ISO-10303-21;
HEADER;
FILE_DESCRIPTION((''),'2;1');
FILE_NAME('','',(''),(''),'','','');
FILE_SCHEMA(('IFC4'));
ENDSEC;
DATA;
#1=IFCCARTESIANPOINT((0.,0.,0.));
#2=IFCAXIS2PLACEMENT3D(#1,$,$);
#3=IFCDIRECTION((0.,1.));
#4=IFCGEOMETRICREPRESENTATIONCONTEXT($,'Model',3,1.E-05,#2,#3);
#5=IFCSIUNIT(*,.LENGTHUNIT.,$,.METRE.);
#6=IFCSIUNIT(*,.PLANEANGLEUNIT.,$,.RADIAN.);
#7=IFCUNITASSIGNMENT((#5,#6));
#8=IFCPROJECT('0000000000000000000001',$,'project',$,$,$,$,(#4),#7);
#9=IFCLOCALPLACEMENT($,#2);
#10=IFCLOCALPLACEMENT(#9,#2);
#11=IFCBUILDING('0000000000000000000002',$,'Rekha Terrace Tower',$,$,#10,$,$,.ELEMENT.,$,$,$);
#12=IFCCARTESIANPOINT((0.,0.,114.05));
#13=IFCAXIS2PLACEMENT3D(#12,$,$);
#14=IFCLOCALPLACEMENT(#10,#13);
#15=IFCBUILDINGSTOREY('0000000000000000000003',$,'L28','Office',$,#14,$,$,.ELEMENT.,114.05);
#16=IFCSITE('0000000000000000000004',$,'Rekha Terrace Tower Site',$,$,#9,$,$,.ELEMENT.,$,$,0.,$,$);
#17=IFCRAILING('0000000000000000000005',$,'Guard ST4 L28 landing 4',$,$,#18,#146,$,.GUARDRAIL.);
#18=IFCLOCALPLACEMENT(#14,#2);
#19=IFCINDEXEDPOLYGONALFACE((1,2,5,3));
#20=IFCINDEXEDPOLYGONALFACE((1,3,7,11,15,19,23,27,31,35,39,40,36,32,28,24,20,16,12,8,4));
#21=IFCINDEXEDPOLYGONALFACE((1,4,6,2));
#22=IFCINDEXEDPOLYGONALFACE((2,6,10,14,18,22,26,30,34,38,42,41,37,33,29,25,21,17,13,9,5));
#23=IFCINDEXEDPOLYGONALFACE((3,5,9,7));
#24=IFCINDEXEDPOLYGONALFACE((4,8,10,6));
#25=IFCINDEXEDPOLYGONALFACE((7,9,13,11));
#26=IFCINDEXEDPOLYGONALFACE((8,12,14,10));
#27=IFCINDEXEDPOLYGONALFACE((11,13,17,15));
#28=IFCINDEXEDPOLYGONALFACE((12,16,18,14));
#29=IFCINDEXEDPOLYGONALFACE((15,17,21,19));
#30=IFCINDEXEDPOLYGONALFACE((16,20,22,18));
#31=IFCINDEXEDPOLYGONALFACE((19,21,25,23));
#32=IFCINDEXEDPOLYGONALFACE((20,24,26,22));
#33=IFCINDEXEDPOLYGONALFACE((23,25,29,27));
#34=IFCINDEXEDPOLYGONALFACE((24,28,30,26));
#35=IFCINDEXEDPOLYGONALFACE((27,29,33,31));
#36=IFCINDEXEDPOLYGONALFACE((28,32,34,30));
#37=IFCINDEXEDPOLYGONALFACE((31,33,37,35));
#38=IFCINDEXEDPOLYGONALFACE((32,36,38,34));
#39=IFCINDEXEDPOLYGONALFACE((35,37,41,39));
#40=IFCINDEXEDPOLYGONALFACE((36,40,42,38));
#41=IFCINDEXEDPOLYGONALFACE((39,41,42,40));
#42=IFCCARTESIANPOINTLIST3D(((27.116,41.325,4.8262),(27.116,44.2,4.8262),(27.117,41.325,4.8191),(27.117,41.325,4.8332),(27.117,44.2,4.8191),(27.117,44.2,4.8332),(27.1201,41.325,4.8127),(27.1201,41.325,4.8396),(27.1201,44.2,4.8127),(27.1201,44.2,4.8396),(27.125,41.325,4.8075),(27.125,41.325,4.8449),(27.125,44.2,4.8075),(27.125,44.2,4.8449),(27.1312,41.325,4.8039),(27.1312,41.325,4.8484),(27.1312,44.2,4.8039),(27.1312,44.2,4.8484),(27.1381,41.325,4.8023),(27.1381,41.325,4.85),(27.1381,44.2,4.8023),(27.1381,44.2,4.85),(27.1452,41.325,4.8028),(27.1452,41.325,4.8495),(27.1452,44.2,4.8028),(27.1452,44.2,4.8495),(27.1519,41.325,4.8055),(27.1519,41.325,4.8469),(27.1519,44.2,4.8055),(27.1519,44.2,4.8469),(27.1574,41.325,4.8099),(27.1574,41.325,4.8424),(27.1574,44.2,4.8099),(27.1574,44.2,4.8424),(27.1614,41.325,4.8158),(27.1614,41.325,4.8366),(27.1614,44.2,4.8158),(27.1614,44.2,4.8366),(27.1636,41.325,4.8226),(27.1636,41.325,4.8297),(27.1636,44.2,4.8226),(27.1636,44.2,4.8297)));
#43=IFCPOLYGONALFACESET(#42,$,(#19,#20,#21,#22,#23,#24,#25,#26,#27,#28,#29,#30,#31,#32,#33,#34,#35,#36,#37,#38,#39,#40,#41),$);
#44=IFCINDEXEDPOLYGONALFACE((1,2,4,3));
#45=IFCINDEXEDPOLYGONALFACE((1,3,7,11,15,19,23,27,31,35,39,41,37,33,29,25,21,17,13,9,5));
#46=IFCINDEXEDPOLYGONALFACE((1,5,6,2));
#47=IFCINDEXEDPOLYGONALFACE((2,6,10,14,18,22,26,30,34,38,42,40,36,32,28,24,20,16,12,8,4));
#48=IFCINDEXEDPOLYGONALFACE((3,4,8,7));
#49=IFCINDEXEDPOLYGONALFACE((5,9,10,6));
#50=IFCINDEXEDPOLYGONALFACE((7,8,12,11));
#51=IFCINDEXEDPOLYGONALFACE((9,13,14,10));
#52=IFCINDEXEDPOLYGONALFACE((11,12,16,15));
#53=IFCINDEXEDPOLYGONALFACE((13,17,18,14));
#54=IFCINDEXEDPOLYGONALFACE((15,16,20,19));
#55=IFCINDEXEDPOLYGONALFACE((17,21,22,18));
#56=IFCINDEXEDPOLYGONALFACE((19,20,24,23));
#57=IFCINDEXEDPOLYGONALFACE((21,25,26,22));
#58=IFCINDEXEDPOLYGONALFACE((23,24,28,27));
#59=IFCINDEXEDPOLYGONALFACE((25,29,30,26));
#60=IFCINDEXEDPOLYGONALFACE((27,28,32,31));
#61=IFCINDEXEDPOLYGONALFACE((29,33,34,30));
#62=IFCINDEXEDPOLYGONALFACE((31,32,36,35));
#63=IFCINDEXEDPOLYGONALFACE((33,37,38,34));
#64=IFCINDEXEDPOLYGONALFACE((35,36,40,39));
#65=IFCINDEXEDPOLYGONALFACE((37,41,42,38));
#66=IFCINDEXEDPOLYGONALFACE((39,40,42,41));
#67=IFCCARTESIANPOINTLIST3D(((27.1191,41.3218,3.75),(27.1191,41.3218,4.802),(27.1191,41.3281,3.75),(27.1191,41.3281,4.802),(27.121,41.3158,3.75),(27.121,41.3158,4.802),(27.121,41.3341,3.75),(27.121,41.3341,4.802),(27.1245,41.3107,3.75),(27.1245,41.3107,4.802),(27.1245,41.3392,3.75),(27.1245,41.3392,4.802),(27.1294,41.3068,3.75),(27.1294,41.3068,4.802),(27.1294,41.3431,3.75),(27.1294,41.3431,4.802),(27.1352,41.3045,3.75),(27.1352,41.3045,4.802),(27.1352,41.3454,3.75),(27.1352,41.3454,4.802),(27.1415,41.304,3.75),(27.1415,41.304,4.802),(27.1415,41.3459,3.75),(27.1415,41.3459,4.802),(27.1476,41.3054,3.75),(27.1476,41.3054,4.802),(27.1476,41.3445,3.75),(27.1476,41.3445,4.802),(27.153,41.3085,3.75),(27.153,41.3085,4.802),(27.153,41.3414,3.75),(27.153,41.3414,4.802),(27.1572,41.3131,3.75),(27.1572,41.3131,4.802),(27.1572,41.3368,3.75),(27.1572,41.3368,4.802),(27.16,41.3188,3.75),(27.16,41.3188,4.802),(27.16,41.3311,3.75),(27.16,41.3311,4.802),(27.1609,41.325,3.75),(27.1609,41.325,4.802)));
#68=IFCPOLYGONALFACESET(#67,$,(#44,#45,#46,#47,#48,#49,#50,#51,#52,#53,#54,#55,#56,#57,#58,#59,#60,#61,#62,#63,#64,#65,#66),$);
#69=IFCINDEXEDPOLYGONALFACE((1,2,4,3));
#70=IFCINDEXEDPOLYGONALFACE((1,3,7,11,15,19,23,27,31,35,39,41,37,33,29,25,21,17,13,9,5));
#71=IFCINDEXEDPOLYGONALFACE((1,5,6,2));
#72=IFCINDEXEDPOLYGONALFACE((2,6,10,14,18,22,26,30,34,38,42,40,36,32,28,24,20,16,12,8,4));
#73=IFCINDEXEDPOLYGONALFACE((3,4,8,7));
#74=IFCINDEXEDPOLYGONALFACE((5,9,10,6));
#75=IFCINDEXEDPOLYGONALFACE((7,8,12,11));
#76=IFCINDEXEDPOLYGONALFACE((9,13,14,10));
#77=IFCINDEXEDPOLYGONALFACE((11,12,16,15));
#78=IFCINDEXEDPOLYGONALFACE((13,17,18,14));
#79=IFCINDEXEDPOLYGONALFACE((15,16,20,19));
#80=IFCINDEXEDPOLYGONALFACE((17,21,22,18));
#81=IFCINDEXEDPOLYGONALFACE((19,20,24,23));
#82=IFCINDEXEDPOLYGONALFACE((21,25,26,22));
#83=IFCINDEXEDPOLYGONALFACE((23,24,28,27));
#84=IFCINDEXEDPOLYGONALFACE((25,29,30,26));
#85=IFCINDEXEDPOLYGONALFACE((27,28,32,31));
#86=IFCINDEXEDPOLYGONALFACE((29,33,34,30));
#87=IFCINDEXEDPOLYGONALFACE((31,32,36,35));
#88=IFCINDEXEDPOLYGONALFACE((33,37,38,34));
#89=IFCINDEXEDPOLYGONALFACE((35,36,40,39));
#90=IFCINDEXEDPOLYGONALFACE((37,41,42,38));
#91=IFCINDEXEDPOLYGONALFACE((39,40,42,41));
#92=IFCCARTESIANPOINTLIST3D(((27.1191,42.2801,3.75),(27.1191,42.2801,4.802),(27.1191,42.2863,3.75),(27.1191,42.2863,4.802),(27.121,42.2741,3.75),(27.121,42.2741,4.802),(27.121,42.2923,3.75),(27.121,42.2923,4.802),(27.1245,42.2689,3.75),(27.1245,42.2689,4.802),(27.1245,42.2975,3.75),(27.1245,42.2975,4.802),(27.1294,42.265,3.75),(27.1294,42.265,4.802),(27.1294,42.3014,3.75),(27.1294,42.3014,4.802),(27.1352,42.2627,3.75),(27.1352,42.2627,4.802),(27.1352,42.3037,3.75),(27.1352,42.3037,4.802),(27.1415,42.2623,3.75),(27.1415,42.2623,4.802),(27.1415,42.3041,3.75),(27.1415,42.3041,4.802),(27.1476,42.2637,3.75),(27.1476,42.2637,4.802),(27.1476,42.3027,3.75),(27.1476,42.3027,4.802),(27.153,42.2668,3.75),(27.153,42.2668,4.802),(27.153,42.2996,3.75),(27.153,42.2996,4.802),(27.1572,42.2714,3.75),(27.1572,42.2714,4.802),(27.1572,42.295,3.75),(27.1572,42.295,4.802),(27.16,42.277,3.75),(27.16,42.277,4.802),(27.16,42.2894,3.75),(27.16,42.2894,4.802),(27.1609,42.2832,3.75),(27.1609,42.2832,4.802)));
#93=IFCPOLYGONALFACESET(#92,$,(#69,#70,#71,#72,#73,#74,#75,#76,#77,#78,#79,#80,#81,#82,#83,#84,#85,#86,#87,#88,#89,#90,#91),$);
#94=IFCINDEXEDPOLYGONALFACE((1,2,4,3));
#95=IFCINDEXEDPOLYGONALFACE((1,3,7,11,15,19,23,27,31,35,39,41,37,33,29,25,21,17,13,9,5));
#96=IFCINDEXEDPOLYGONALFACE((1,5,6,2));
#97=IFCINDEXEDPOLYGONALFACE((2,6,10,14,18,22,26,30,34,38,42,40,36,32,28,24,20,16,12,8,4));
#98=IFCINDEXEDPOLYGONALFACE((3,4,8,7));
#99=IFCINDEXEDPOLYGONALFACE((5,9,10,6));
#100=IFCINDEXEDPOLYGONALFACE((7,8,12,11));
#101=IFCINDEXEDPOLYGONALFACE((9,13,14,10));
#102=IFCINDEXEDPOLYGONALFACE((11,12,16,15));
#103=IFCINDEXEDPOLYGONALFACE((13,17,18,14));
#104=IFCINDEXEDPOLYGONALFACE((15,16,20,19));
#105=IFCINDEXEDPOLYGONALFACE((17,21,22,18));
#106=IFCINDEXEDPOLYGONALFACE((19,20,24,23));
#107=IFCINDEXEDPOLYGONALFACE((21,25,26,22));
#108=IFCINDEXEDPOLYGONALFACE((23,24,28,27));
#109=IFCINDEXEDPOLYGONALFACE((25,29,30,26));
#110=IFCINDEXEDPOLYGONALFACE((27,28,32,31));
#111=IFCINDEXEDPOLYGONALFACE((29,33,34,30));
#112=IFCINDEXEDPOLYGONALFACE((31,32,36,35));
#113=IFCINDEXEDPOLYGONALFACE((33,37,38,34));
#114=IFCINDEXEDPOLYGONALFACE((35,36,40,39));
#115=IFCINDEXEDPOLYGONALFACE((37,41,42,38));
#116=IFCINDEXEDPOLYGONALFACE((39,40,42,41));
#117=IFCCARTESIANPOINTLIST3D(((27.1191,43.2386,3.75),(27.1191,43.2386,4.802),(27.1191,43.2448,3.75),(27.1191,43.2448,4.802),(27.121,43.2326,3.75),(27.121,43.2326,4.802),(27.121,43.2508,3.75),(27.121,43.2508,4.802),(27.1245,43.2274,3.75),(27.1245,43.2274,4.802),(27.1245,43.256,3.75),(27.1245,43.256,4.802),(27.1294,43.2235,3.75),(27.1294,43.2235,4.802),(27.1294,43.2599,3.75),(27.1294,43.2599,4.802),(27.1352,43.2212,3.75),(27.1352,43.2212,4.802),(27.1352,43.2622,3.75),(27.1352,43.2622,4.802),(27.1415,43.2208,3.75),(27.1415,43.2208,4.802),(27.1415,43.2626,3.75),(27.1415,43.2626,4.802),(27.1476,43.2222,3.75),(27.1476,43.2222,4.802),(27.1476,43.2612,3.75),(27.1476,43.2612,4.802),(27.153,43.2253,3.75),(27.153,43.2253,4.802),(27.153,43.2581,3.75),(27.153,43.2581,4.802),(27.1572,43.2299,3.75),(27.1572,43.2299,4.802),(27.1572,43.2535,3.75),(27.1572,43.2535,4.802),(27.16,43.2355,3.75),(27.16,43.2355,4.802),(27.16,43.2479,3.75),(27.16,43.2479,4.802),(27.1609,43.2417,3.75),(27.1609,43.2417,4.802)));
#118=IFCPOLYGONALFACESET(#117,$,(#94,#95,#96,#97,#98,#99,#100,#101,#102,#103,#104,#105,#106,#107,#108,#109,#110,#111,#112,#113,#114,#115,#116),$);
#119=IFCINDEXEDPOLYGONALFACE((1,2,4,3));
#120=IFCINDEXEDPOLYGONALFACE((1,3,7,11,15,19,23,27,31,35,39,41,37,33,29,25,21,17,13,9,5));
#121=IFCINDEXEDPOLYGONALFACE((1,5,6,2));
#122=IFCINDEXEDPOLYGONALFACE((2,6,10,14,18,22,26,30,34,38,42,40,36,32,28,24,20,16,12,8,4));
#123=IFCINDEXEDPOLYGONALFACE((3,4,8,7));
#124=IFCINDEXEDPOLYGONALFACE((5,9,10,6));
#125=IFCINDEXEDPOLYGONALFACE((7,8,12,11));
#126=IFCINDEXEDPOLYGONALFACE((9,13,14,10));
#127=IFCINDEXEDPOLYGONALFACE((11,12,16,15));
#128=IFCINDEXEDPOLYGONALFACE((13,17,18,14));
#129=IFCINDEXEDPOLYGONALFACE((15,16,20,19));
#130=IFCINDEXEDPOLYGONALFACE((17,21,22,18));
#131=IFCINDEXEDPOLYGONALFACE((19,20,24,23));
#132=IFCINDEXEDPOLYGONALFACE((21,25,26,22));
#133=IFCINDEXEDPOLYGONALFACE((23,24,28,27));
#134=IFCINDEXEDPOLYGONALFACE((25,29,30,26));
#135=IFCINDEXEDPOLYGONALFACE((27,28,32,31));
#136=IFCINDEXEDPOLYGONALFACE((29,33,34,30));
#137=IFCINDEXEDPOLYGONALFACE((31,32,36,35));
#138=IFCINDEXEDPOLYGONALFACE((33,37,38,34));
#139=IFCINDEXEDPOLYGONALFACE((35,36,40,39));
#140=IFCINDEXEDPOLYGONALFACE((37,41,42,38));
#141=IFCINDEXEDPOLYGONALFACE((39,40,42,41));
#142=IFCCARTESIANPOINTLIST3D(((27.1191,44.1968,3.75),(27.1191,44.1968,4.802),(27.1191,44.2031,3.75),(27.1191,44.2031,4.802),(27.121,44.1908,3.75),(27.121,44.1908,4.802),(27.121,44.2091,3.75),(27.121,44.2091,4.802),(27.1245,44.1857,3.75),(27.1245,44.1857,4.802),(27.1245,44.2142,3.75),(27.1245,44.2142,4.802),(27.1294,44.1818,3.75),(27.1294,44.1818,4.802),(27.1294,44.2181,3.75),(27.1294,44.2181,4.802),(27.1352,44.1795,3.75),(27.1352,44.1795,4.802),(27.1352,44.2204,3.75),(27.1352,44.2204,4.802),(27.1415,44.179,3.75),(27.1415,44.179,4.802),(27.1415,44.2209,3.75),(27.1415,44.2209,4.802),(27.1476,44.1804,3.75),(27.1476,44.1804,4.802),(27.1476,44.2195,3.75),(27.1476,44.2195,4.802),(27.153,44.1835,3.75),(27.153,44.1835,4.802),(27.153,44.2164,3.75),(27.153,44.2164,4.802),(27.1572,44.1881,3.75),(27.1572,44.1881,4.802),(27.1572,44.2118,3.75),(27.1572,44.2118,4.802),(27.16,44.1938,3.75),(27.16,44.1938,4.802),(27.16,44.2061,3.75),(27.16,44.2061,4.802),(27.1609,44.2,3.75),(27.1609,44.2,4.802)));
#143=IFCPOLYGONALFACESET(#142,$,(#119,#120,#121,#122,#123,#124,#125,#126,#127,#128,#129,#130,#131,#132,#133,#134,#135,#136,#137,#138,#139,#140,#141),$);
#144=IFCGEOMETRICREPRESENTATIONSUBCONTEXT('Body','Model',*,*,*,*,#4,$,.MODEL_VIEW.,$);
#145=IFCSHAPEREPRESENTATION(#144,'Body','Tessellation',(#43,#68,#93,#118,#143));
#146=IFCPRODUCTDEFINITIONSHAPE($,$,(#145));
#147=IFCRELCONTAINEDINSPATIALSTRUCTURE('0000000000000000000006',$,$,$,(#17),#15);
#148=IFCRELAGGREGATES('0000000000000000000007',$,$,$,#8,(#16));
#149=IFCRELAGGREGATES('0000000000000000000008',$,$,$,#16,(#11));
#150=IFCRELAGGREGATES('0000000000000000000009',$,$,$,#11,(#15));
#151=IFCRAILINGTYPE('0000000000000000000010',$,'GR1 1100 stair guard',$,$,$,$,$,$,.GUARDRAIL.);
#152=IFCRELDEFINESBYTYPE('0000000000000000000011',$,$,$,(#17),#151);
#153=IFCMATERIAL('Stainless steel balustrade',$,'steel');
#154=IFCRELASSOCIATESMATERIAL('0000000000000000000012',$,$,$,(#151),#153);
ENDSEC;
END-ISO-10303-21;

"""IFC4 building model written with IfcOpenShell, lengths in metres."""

from ifc_helpers import new_model, si_unit, direction, frame, origin, origin_2d, place, context, subcontext, project, spatial, circle, extrude, material, type_object, element, save


model = new_model("IFC4")

# Units and contexts
model_context = context("Model", 3, precision=1e-05, world=origin(), true_north=direction((0.0, 1.0)))
body_context = subcontext(model_context, "Body", "Model", "MODEL_VIEW")
ifc_project = project(units=[si_unit("LENGTHUNIT", "METRE"), si_unit("PLANEANGLEUNIT", "RADIAN")], contexts=[model_context])

# Site, building, storey
site_placement = place(None, origin())
site = spatial("IfcSite", under=ifc_project, at=site_placement, Name="Rekha Terrace Tower Site", CompositionType="ELEMENT", RefElevation=0.0)
building_placement = place(site_placement, origin())
building = spatial("IfcBuilding", under=site, at=building_placement, Name="Rekha Terrace Tower", CompositionType="ELEMENT")
storey_placement = place(building_placement, frame((0.0, 0.0, 114.05)))
storey = spatial("IfcBuildingStorey", under=building, at=storey_placement, Name="L28", Description="Office", CompositionType="ELEMENT", Elevation=114.05)

# Railing
ifc_material_1 = material(Name="Stainless steel balustrade", Category="steel")
railing_type_1 = type_object("IfcRailingType", Name="GR1 1100 stair guard", PredefinedType="GUARDRAIL", material=ifc_material_1)
railing_1_placement = place(storey_placement, frame((27.1399, 41.325, 3.75)))
element("IfcRailing", 1, at=railing_1_placement, inside=storey, type_object=railing_type_1, Name="Guard ST4 L28 landing 4", PredefinedType="GUARDRAIL", context=body_context, shape_type="SweptSolid", body=[
    extrude(circle(Radius=0.0239, at=origin_2d()), frame((0.0, 0.0, 1.0762), z_axis=(0.0, 1.0, 0.0), x_axis=(-1.0, 0.0, 0.0)), (0.0, 0.0, 1.0), 2.875),
    extrude(circle(Radius=0.021, at=origin_2d()), origin(), (0.0, 0.0, 1.0), 1.052),
    extrude(circle(Radius=0.021, at=origin_2d()), frame((0.0, 0.9583, 0.0)), (0.0, 0.0, 1.0), 1.052),
    extrude(circle(Radius=0.021, at=origin_2d()), frame((0.0, 1.9167, 0.0)), (0.0, 0.0, 1.0), 1.052),
    extrude(circle(Radius=0.021, at=origin_2d()), frame((0.0, 2.875, 0.0)), (0.0, 0.0, 1.0), 1.052),
])

save(model, "model.ifc")
